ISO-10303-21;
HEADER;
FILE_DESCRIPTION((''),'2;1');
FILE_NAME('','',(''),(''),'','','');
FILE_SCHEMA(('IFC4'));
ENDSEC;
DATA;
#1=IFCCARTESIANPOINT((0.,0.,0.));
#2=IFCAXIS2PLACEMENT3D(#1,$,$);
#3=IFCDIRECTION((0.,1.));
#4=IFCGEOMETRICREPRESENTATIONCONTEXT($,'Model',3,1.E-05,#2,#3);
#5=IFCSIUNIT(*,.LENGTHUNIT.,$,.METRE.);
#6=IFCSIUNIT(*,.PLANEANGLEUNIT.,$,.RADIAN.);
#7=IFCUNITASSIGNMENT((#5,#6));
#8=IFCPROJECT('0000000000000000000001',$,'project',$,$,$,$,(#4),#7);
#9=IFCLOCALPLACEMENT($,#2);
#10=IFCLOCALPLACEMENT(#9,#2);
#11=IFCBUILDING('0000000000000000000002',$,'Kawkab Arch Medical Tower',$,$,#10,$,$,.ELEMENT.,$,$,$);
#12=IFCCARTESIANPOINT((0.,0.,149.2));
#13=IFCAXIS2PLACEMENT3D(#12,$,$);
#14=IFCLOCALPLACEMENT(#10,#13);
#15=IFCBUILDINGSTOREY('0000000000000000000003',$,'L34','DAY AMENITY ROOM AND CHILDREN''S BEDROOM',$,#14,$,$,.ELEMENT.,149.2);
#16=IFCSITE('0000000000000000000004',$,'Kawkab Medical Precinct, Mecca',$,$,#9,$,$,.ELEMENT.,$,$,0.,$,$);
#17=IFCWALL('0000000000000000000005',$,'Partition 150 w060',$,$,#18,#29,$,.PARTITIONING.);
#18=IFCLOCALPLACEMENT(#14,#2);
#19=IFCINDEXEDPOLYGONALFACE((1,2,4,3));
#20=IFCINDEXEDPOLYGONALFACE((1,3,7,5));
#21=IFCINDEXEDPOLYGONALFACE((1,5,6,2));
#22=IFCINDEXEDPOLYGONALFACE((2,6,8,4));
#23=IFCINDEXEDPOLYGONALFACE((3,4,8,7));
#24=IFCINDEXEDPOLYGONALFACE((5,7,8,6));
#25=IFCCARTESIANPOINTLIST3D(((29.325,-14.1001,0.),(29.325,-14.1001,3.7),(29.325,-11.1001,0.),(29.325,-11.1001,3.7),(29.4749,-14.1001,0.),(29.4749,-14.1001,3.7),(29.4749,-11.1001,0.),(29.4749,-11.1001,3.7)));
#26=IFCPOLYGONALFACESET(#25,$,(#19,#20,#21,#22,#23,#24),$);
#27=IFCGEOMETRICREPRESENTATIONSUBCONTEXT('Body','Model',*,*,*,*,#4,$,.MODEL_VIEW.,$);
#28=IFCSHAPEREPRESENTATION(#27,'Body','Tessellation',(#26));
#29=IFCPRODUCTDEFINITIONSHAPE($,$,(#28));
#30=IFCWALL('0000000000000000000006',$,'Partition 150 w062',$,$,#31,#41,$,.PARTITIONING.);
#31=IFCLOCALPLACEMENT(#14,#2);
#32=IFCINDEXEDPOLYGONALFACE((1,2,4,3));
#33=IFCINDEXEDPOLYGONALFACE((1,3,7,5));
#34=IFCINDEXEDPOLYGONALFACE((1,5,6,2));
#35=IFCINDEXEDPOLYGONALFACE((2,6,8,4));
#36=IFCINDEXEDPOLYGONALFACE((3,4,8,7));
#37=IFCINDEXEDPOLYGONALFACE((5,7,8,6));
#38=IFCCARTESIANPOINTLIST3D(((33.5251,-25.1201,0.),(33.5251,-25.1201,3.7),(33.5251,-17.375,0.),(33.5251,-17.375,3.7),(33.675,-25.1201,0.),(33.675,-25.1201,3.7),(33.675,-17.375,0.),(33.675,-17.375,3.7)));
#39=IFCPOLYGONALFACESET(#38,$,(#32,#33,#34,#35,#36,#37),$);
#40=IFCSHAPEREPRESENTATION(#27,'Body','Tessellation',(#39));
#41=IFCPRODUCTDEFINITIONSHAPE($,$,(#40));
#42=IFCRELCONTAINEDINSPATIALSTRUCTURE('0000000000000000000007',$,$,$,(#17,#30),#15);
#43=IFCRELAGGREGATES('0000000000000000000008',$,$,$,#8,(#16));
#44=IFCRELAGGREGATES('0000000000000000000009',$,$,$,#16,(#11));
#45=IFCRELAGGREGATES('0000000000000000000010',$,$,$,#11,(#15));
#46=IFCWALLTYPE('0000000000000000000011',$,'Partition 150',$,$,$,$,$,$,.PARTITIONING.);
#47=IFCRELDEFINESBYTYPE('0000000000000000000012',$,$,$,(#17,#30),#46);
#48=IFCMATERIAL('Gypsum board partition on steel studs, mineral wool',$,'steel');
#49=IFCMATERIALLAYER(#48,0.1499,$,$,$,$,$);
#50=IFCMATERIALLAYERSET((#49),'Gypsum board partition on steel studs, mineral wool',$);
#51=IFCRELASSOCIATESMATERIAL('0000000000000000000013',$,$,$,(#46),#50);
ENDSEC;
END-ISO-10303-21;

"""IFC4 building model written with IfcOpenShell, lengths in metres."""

from ifc_helpers import new_model, si_unit, direction, frame, frame_2d, origin, place, context, subcontext, project, spatial, rectangle, extrude, material, layer, layer_set, type_object, element, save


model = new_model("IFC4")

# Units and contexts
model_context = context("Model", 3, precision=1e-05, world=origin(), true_north=direction((0.0, 1.0)))
body_context = subcontext(model_context, "Body", "Model", "MODEL_VIEW")
ifc_project = project(units=[si_unit("LENGTHUNIT", "METRE"), si_unit("PLANEANGLEUNIT", "RADIAN")], contexts=[model_context])

# Site, building, storey
site_placement = place(None, origin())
site = spatial("IfcSite", under=ifc_project, at=site_placement, Name="Kawkab Medical Precinct, Mecca", CompositionType="ELEMENT", RefElevation=0.0)
building_placement = place(site_placement, origin())
building = spatial("IfcBuilding", under=site, at=building_placement, Name="Kawkab Arch Medical Tower", CompositionType="ELEMENT")
storey_placement = place(building_placement, frame((0.0, 0.0, 149.2)))
storey = spatial("IfcBuildingStorey", under=building, at=storey_placement, Name="L34", Description="DAY AMENITY ROOM AND CHILDREN'S BEDROOM", CompositionType="ELEMENT", Elevation=149.2)

# Shared definitions
ifc_material_1 = material(Name="Gypsum board partition on steel studs, mineral wool", Category="steel")
ifc_layer_1 = layer(ifc_material_1, 0.1499)
ifc_layer_set_1 = layer_set([ifc_layer_1], Name="Gypsum board partition on steel studs, mineral wool")
wall_type_1 = type_object("IfcWallType", Name="Partition 150", PredefinedType="PARTITIONING", material=ifc_layer_set_1)

# Walls
wall_1_placement = place(storey_placement, frame((29.3999, -14.1001, 0.0), z_axis=(0.0, 0.0, 1.0), x_axis=(0.0, 1.0, 0.0)))
element("IfcWall", 1, at=wall_1_placement, inside=storey, type_object=wall_type_1, Name="Partition 150 w060", PredefinedType="PARTITIONING", context=body_context, shape_type="SweptSolid", body=[
    extrude(rectangle(XDim=3.0, YDim=0.1499, at=frame_2d((1.5, 0.0))), origin(), (0.0, 0.0, 1.0), 3.7),
])
wall_2_placement = place(storey_placement, frame((33.6001, -25.1201, 0.0), z_axis=(0.0, 0.0, 1.0), x_axis=(0.0, 1.0, 0.0)))
element("IfcWall", 2, at=wall_2_placement, inside=storey, type_object=wall_type_1, Name="Partition 150 w062", PredefinedType="PARTITIONING", context=body_context, shape_type="SweptSolid", body=[
    extrude(rectangle(XDim=7.7451, YDim=0.1499, at=frame_2d((3.8726, 0.0))), origin(), (0.0, 0.0, 1.0), 3.7),
])

save(model, "model.ifc")
